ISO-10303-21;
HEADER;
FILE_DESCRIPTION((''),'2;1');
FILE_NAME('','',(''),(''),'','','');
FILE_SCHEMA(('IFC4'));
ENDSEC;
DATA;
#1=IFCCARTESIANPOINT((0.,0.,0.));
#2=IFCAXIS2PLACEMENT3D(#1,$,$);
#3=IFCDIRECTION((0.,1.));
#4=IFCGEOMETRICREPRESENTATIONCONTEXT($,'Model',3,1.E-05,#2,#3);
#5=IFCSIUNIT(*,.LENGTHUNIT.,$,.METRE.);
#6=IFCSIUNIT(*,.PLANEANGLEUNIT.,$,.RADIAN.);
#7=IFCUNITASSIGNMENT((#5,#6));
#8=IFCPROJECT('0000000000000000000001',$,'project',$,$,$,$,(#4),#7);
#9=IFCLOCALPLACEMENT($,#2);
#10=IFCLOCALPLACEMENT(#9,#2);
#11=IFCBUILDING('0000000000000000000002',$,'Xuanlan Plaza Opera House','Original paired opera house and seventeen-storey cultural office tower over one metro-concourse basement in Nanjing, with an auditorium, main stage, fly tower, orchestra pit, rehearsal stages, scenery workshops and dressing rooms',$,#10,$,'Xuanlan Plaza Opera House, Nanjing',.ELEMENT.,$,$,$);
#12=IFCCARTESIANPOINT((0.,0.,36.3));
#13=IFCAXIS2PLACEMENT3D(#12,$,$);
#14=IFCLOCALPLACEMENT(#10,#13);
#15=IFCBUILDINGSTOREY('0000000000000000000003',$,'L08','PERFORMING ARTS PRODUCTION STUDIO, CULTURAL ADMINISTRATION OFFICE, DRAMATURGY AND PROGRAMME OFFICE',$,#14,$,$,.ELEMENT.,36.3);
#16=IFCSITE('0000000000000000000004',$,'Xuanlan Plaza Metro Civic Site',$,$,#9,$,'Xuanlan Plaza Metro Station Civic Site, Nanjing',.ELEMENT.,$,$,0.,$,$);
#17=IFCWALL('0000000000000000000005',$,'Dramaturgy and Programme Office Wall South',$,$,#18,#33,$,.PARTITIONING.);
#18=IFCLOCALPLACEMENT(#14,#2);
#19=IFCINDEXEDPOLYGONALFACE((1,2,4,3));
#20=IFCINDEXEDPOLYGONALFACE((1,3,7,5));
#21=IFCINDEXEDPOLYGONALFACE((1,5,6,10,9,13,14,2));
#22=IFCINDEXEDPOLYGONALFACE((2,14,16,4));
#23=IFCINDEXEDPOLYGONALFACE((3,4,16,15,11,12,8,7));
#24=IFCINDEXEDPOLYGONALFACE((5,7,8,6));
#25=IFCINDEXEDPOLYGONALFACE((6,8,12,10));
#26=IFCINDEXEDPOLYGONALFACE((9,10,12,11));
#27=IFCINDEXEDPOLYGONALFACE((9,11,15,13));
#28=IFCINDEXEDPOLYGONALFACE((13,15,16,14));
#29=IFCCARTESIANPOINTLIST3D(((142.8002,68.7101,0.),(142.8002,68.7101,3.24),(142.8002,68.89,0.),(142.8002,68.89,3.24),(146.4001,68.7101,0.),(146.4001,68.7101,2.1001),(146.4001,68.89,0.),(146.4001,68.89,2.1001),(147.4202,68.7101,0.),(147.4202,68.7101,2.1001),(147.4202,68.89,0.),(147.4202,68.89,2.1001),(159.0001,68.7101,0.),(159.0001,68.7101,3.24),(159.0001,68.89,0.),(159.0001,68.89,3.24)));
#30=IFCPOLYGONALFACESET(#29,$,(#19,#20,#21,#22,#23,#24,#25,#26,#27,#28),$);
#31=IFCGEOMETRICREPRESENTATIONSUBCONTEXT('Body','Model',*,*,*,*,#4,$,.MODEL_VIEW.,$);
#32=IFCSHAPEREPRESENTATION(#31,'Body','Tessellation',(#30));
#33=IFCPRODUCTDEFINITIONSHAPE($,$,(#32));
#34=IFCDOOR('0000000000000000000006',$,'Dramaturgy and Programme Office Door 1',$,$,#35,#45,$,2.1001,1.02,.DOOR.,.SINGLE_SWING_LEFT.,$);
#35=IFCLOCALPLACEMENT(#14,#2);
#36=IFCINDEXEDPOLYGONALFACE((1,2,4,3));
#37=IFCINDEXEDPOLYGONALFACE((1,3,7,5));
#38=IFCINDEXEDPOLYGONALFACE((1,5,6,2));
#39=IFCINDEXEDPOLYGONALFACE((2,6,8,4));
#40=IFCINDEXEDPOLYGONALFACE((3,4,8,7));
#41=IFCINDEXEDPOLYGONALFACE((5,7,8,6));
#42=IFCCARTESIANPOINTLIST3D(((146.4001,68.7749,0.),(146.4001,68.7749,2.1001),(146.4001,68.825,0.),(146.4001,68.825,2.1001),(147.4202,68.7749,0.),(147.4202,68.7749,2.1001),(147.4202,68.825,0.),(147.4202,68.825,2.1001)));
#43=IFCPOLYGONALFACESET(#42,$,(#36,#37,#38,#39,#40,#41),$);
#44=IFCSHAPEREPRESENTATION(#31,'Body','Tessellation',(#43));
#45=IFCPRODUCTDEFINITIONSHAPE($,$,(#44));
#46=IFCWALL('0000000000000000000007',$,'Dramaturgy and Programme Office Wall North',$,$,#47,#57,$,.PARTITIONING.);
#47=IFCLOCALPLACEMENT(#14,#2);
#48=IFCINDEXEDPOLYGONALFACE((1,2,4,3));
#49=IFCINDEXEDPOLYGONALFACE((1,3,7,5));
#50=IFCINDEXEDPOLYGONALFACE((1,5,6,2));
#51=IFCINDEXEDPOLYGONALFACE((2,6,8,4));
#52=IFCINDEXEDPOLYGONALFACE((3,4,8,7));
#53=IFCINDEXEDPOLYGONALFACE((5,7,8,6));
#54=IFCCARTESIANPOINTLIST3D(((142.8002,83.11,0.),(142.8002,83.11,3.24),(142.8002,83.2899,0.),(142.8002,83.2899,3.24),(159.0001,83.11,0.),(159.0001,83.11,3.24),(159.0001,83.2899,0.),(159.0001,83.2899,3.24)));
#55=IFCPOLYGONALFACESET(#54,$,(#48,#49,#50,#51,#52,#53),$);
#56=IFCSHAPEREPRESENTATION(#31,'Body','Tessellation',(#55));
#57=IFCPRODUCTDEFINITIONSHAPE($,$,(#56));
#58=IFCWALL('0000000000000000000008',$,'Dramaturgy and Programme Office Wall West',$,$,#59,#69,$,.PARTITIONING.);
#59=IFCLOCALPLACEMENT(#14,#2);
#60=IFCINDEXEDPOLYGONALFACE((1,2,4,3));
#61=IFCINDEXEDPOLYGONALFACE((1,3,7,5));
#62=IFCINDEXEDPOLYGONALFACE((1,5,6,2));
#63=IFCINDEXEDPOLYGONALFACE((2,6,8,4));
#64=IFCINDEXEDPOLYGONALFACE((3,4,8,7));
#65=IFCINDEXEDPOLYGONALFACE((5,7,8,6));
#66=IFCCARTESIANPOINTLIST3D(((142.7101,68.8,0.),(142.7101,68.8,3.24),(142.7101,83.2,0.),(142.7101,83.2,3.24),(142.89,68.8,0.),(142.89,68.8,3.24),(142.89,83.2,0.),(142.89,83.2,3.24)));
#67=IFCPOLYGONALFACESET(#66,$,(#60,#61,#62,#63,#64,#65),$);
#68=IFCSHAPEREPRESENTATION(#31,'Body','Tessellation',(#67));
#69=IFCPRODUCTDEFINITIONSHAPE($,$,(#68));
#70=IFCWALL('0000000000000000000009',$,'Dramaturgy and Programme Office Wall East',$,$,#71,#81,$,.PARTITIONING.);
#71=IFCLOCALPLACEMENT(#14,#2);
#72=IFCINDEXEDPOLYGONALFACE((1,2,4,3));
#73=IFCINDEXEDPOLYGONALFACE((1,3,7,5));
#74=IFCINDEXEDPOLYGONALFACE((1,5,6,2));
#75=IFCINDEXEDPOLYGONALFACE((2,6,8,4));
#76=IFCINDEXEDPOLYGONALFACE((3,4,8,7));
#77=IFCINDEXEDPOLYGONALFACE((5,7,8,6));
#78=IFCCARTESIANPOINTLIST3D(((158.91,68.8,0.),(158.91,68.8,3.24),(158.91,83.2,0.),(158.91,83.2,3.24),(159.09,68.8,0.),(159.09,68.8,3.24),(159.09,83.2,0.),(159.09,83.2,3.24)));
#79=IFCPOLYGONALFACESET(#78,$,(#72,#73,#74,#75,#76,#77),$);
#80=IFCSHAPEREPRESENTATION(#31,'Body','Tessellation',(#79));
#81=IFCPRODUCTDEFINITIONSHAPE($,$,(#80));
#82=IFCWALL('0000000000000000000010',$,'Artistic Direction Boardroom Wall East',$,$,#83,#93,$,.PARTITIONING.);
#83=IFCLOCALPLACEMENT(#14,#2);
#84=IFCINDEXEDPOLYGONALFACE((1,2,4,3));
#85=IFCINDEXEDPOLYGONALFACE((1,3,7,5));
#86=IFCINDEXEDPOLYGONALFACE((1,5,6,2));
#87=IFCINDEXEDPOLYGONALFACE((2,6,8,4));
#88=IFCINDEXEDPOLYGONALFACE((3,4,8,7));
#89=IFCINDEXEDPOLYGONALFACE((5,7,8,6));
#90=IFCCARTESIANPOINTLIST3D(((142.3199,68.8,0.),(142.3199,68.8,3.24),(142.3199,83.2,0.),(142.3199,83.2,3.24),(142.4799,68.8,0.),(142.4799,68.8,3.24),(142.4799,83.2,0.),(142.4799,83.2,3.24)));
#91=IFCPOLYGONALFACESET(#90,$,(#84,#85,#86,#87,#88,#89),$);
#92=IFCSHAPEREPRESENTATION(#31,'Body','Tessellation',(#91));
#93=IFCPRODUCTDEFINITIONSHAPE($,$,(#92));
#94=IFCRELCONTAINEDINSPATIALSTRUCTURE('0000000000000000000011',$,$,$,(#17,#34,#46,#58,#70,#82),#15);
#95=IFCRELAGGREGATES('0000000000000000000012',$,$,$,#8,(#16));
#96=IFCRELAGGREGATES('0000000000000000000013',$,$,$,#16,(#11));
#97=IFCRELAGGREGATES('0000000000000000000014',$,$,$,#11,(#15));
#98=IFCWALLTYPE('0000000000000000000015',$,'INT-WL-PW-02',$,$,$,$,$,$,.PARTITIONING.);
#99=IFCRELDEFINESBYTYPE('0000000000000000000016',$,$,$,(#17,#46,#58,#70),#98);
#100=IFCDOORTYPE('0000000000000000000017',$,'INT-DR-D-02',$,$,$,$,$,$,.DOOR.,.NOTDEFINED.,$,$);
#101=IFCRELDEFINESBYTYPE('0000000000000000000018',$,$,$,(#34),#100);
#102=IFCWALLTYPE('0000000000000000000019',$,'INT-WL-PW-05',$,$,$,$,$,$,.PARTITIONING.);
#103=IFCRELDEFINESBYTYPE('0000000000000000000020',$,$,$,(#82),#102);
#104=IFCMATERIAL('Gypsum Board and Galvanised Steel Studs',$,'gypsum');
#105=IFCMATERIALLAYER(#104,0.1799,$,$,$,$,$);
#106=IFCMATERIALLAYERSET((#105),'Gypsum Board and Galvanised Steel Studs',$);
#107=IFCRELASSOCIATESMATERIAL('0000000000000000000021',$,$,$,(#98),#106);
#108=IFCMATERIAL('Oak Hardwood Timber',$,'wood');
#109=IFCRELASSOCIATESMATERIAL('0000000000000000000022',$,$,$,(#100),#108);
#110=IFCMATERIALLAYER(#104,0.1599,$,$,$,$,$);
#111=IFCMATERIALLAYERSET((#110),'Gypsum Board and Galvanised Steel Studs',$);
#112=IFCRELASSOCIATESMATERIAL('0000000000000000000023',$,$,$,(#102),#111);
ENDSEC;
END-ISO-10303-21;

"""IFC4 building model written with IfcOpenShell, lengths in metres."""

from ifc_helpers import new_model, si_unit, direction, frame, frame_2d, origin, place, context, subcontext, project, spatial, rectangle, extrude, material, layer, layer_set, type_object, element, fill, save


model = new_model("IFC4")

# Units and contexts
model_context = context("Model", 3, precision=1e-05, world=origin(), true_north=direction((0.0, 1.0)))
body_context = subcontext(model_context, "Body", "Model", "MODEL_VIEW")
ifc_project = project(units=[si_unit("LENGTHUNIT", "METRE"), si_unit("PLANEANGLEUNIT", "RADIAN")], contexts=[model_context])

# Site, building, storey
site_placement = place(None, origin())
site = spatial("IfcSite", under=ifc_project, at=site_placement, Name="Xuanlan Plaza Metro Civic Site", LongName="Xuanlan Plaza Metro Station Civic Site, Nanjing", CompositionType="ELEMENT", RefElevation=0.0)
building_placement = place(site_placement, origin())
building = spatial("IfcBuilding", under=site, at=building_placement, Name="Xuanlan Plaza Opera House", Description="Original paired opera house and seventeen-storey cultural office tower over one metro-concourse basement in Nanjing, with an auditorium, main stage, fly tower, orchestra pit, rehearsal stages, scenery workshops and dressing rooms", LongName="Xuanlan Plaza Opera House, Nanjing", CompositionType="ELEMENT")
storey_placement = place(building_placement, frame((0.0, 0.0, 36.3)))
storey = spatial("IfcBuildingStorey", under=building, at=storey_placement, Name="L08", Description="PERFORMING ARTS PRODUCTION STUDIO, CULTURAL ADMINISTRATION OFFICE, DRAMATURGY AND PROGRAMME OFFICE", CompositionType="ELEMENT", Elevation=36.3)

# Wall, opening, door
ifc_material_1 = material(Name="Gypsum Board and Galvanised Steel Studs", Category="gypsum")
ifc_layer_1 = layer(ifc_material_1, 0.1799)
ifc_layer_set_1 = layer_set([ifc_layer_1], Name="Gypsum Board and Galvanised Steel Studs")
wall_type_1 = type_object("IfcWallType", Name="INT-WL-PW-02", PredefinedType="PARTITIONING", material=ifc_layer_set_1)
wall_1_placement = place(storey_placement, frame((142.8, 68.8, 0.0), z_axis=(0.0, 0.0, 1.0), x_axis=(1.0, 0.0, 0.0)))
wall_1 = element("IfcWall", 1, at=wall_1_placement, inside=storey, type_object=wall_type_1, Name="Dramaturgy and Programme Office Wall South", PredefinedType="PARTITIONING", context=body_context, shape_type="SweptSolid", body=[
    extrude(rectangle(XDim=16.2, YDim=0.1799, at=frame_2d((8.1001, 0.0))), origin(), (0.0, 0.0, 1.0), 3.24),
])
opening_placement = place(wall_1_placement, frame((3.6001, 0.0, 0.0)))
opening = element("IfcOpeningElement", 2, at=opening_placement, cuts=wall_1, PredefinedType="OPENING", context=body_context, shape_type="SweptSolid", body=[
    extrude(rectangle(XDim=1.02, YDim=2.1001, at=frame_2d((0.51, 1.05))), frame((0.0, 0.0999, 0.0), z_axis=(0.0, -1.0, 0.0), x_axis=(1.0, 0.0, 0.0)), (0.0, 0.0, 1.0), 0.2),
])
ifc_material_2 = material(Name="Oak Hardwood Timber", Category="wood")
door_type = type_object("IfcDoorType", Name="INT-DR-D-02", OperationType="NOTDEFINED", PredefinedType="DOOR", material=ifc_material_2)
door_placement = place(opening_placement, origin())
door = element("IfcDoor", 3, at=door_placement, inside=storey, type_object=door_type, Name="Dramaturgy and Programme Office Door 1", OperationType="SINGLE_SWING_LEFT", OverallHeight=2.1001, OverallWidth=1.02, PredefinedType="DOOR", context=body_context, shape_type="SweptSolid", body=[
    extrude(rectangle(XDim=1.02, YDim=2.1001, at=frame_2d((0.51, 1.05))), frame((0.0, 0.0249, 0.0), z_axis=(0.0, -1.0, 0.0), x_axis=(1.0, 0.0, 0.0)), (0.0, 0.0, 1.0), 0.05),
])
fill(opening, door)

# Walls
wall_2_placement = place(storey_placement, frame((142.8, 83.2, 0.0), z_axis=(0.0, 0.0, 1.0), x_axis=(1.0, 0.0, 0.0)))
element("IfcWall", 4, at=wall_2_placement, inside=storey, type_object=wall_type_1, Name="Dramaturgy and Programme Office Wall North", PredefinedType="PARTITIONING", context=body_context, shape_type="SweptSolid", body=[
    extrude(rectangle(XDim=16.2, YDim=0.1799, at=frame_2d((8.1001, 0.0))), origin(), (0.0, 0.0, 1.0), 3.24),
])
for number, where, z_axis, x_axis, name in (
    (5, (142.8, 68.8, 0.0), (0.0, 0.0, 1.0), (0.0, 1.0, 0.0), "Dramaturgy and Programme Office Wall West"),
    (6, (159.0, 68.8, 0.0), (0.0, 0.0, 1.0), (0.0, 1.0, 0.0), "Dramaturgy and Programme Office Wall East"),
):
    element("IfcWall", number, at=place(storey_placement, frame(where, z_axis=z_axis, x_axis=x_axis)), inside=storey, type_object=wall_type_1, Name=name, PredefinedType="PARTITIONING", context=body_context, shape_type="SweptSolid", body=[
        extrude(rectangle(XDim=14.3999, YDim=0.1799, at=frame_2d((7.2, 0.0))), origin(), (0.0, 0.0, 1.0), 3.24),
    ])
ifc_layer_2 = layer(ifc_material_1, 0.1599)
ifc_layer_set_2 = layer_set([ifc_layer_2], Name="Gypsum Board and Galvanised Steel Studs")
wall_type_2 = type_object("IfcWallType", Name="INT-WL-PW-05", PredefinedType="PARTITIONING", material=ifc_layer_set_2)
wall_3_placement = place(storey_placement, frame((142.3999, 68.8, 0.0), z_axis=(0.0, 0.0, 1.0), x_axis=(0.0, 1.0, 0.0)))
element("IfcWall", 7, at=wall_3_placement, inside=storey, type_object=wall_type_2, Name="Artistic Direction Boardroom Wall East", PredefinedType="PARTITIONING", context=body_context, shape_type="SweptSolid", body=[
    extrude(rectangle(XDim=14.3999, YDim=0.1599, at=frame_2d((7.2, 0.0))), origin(), (0.0, 0.0, 1.0), 3.24),
])

save(model, "model.ifc")
